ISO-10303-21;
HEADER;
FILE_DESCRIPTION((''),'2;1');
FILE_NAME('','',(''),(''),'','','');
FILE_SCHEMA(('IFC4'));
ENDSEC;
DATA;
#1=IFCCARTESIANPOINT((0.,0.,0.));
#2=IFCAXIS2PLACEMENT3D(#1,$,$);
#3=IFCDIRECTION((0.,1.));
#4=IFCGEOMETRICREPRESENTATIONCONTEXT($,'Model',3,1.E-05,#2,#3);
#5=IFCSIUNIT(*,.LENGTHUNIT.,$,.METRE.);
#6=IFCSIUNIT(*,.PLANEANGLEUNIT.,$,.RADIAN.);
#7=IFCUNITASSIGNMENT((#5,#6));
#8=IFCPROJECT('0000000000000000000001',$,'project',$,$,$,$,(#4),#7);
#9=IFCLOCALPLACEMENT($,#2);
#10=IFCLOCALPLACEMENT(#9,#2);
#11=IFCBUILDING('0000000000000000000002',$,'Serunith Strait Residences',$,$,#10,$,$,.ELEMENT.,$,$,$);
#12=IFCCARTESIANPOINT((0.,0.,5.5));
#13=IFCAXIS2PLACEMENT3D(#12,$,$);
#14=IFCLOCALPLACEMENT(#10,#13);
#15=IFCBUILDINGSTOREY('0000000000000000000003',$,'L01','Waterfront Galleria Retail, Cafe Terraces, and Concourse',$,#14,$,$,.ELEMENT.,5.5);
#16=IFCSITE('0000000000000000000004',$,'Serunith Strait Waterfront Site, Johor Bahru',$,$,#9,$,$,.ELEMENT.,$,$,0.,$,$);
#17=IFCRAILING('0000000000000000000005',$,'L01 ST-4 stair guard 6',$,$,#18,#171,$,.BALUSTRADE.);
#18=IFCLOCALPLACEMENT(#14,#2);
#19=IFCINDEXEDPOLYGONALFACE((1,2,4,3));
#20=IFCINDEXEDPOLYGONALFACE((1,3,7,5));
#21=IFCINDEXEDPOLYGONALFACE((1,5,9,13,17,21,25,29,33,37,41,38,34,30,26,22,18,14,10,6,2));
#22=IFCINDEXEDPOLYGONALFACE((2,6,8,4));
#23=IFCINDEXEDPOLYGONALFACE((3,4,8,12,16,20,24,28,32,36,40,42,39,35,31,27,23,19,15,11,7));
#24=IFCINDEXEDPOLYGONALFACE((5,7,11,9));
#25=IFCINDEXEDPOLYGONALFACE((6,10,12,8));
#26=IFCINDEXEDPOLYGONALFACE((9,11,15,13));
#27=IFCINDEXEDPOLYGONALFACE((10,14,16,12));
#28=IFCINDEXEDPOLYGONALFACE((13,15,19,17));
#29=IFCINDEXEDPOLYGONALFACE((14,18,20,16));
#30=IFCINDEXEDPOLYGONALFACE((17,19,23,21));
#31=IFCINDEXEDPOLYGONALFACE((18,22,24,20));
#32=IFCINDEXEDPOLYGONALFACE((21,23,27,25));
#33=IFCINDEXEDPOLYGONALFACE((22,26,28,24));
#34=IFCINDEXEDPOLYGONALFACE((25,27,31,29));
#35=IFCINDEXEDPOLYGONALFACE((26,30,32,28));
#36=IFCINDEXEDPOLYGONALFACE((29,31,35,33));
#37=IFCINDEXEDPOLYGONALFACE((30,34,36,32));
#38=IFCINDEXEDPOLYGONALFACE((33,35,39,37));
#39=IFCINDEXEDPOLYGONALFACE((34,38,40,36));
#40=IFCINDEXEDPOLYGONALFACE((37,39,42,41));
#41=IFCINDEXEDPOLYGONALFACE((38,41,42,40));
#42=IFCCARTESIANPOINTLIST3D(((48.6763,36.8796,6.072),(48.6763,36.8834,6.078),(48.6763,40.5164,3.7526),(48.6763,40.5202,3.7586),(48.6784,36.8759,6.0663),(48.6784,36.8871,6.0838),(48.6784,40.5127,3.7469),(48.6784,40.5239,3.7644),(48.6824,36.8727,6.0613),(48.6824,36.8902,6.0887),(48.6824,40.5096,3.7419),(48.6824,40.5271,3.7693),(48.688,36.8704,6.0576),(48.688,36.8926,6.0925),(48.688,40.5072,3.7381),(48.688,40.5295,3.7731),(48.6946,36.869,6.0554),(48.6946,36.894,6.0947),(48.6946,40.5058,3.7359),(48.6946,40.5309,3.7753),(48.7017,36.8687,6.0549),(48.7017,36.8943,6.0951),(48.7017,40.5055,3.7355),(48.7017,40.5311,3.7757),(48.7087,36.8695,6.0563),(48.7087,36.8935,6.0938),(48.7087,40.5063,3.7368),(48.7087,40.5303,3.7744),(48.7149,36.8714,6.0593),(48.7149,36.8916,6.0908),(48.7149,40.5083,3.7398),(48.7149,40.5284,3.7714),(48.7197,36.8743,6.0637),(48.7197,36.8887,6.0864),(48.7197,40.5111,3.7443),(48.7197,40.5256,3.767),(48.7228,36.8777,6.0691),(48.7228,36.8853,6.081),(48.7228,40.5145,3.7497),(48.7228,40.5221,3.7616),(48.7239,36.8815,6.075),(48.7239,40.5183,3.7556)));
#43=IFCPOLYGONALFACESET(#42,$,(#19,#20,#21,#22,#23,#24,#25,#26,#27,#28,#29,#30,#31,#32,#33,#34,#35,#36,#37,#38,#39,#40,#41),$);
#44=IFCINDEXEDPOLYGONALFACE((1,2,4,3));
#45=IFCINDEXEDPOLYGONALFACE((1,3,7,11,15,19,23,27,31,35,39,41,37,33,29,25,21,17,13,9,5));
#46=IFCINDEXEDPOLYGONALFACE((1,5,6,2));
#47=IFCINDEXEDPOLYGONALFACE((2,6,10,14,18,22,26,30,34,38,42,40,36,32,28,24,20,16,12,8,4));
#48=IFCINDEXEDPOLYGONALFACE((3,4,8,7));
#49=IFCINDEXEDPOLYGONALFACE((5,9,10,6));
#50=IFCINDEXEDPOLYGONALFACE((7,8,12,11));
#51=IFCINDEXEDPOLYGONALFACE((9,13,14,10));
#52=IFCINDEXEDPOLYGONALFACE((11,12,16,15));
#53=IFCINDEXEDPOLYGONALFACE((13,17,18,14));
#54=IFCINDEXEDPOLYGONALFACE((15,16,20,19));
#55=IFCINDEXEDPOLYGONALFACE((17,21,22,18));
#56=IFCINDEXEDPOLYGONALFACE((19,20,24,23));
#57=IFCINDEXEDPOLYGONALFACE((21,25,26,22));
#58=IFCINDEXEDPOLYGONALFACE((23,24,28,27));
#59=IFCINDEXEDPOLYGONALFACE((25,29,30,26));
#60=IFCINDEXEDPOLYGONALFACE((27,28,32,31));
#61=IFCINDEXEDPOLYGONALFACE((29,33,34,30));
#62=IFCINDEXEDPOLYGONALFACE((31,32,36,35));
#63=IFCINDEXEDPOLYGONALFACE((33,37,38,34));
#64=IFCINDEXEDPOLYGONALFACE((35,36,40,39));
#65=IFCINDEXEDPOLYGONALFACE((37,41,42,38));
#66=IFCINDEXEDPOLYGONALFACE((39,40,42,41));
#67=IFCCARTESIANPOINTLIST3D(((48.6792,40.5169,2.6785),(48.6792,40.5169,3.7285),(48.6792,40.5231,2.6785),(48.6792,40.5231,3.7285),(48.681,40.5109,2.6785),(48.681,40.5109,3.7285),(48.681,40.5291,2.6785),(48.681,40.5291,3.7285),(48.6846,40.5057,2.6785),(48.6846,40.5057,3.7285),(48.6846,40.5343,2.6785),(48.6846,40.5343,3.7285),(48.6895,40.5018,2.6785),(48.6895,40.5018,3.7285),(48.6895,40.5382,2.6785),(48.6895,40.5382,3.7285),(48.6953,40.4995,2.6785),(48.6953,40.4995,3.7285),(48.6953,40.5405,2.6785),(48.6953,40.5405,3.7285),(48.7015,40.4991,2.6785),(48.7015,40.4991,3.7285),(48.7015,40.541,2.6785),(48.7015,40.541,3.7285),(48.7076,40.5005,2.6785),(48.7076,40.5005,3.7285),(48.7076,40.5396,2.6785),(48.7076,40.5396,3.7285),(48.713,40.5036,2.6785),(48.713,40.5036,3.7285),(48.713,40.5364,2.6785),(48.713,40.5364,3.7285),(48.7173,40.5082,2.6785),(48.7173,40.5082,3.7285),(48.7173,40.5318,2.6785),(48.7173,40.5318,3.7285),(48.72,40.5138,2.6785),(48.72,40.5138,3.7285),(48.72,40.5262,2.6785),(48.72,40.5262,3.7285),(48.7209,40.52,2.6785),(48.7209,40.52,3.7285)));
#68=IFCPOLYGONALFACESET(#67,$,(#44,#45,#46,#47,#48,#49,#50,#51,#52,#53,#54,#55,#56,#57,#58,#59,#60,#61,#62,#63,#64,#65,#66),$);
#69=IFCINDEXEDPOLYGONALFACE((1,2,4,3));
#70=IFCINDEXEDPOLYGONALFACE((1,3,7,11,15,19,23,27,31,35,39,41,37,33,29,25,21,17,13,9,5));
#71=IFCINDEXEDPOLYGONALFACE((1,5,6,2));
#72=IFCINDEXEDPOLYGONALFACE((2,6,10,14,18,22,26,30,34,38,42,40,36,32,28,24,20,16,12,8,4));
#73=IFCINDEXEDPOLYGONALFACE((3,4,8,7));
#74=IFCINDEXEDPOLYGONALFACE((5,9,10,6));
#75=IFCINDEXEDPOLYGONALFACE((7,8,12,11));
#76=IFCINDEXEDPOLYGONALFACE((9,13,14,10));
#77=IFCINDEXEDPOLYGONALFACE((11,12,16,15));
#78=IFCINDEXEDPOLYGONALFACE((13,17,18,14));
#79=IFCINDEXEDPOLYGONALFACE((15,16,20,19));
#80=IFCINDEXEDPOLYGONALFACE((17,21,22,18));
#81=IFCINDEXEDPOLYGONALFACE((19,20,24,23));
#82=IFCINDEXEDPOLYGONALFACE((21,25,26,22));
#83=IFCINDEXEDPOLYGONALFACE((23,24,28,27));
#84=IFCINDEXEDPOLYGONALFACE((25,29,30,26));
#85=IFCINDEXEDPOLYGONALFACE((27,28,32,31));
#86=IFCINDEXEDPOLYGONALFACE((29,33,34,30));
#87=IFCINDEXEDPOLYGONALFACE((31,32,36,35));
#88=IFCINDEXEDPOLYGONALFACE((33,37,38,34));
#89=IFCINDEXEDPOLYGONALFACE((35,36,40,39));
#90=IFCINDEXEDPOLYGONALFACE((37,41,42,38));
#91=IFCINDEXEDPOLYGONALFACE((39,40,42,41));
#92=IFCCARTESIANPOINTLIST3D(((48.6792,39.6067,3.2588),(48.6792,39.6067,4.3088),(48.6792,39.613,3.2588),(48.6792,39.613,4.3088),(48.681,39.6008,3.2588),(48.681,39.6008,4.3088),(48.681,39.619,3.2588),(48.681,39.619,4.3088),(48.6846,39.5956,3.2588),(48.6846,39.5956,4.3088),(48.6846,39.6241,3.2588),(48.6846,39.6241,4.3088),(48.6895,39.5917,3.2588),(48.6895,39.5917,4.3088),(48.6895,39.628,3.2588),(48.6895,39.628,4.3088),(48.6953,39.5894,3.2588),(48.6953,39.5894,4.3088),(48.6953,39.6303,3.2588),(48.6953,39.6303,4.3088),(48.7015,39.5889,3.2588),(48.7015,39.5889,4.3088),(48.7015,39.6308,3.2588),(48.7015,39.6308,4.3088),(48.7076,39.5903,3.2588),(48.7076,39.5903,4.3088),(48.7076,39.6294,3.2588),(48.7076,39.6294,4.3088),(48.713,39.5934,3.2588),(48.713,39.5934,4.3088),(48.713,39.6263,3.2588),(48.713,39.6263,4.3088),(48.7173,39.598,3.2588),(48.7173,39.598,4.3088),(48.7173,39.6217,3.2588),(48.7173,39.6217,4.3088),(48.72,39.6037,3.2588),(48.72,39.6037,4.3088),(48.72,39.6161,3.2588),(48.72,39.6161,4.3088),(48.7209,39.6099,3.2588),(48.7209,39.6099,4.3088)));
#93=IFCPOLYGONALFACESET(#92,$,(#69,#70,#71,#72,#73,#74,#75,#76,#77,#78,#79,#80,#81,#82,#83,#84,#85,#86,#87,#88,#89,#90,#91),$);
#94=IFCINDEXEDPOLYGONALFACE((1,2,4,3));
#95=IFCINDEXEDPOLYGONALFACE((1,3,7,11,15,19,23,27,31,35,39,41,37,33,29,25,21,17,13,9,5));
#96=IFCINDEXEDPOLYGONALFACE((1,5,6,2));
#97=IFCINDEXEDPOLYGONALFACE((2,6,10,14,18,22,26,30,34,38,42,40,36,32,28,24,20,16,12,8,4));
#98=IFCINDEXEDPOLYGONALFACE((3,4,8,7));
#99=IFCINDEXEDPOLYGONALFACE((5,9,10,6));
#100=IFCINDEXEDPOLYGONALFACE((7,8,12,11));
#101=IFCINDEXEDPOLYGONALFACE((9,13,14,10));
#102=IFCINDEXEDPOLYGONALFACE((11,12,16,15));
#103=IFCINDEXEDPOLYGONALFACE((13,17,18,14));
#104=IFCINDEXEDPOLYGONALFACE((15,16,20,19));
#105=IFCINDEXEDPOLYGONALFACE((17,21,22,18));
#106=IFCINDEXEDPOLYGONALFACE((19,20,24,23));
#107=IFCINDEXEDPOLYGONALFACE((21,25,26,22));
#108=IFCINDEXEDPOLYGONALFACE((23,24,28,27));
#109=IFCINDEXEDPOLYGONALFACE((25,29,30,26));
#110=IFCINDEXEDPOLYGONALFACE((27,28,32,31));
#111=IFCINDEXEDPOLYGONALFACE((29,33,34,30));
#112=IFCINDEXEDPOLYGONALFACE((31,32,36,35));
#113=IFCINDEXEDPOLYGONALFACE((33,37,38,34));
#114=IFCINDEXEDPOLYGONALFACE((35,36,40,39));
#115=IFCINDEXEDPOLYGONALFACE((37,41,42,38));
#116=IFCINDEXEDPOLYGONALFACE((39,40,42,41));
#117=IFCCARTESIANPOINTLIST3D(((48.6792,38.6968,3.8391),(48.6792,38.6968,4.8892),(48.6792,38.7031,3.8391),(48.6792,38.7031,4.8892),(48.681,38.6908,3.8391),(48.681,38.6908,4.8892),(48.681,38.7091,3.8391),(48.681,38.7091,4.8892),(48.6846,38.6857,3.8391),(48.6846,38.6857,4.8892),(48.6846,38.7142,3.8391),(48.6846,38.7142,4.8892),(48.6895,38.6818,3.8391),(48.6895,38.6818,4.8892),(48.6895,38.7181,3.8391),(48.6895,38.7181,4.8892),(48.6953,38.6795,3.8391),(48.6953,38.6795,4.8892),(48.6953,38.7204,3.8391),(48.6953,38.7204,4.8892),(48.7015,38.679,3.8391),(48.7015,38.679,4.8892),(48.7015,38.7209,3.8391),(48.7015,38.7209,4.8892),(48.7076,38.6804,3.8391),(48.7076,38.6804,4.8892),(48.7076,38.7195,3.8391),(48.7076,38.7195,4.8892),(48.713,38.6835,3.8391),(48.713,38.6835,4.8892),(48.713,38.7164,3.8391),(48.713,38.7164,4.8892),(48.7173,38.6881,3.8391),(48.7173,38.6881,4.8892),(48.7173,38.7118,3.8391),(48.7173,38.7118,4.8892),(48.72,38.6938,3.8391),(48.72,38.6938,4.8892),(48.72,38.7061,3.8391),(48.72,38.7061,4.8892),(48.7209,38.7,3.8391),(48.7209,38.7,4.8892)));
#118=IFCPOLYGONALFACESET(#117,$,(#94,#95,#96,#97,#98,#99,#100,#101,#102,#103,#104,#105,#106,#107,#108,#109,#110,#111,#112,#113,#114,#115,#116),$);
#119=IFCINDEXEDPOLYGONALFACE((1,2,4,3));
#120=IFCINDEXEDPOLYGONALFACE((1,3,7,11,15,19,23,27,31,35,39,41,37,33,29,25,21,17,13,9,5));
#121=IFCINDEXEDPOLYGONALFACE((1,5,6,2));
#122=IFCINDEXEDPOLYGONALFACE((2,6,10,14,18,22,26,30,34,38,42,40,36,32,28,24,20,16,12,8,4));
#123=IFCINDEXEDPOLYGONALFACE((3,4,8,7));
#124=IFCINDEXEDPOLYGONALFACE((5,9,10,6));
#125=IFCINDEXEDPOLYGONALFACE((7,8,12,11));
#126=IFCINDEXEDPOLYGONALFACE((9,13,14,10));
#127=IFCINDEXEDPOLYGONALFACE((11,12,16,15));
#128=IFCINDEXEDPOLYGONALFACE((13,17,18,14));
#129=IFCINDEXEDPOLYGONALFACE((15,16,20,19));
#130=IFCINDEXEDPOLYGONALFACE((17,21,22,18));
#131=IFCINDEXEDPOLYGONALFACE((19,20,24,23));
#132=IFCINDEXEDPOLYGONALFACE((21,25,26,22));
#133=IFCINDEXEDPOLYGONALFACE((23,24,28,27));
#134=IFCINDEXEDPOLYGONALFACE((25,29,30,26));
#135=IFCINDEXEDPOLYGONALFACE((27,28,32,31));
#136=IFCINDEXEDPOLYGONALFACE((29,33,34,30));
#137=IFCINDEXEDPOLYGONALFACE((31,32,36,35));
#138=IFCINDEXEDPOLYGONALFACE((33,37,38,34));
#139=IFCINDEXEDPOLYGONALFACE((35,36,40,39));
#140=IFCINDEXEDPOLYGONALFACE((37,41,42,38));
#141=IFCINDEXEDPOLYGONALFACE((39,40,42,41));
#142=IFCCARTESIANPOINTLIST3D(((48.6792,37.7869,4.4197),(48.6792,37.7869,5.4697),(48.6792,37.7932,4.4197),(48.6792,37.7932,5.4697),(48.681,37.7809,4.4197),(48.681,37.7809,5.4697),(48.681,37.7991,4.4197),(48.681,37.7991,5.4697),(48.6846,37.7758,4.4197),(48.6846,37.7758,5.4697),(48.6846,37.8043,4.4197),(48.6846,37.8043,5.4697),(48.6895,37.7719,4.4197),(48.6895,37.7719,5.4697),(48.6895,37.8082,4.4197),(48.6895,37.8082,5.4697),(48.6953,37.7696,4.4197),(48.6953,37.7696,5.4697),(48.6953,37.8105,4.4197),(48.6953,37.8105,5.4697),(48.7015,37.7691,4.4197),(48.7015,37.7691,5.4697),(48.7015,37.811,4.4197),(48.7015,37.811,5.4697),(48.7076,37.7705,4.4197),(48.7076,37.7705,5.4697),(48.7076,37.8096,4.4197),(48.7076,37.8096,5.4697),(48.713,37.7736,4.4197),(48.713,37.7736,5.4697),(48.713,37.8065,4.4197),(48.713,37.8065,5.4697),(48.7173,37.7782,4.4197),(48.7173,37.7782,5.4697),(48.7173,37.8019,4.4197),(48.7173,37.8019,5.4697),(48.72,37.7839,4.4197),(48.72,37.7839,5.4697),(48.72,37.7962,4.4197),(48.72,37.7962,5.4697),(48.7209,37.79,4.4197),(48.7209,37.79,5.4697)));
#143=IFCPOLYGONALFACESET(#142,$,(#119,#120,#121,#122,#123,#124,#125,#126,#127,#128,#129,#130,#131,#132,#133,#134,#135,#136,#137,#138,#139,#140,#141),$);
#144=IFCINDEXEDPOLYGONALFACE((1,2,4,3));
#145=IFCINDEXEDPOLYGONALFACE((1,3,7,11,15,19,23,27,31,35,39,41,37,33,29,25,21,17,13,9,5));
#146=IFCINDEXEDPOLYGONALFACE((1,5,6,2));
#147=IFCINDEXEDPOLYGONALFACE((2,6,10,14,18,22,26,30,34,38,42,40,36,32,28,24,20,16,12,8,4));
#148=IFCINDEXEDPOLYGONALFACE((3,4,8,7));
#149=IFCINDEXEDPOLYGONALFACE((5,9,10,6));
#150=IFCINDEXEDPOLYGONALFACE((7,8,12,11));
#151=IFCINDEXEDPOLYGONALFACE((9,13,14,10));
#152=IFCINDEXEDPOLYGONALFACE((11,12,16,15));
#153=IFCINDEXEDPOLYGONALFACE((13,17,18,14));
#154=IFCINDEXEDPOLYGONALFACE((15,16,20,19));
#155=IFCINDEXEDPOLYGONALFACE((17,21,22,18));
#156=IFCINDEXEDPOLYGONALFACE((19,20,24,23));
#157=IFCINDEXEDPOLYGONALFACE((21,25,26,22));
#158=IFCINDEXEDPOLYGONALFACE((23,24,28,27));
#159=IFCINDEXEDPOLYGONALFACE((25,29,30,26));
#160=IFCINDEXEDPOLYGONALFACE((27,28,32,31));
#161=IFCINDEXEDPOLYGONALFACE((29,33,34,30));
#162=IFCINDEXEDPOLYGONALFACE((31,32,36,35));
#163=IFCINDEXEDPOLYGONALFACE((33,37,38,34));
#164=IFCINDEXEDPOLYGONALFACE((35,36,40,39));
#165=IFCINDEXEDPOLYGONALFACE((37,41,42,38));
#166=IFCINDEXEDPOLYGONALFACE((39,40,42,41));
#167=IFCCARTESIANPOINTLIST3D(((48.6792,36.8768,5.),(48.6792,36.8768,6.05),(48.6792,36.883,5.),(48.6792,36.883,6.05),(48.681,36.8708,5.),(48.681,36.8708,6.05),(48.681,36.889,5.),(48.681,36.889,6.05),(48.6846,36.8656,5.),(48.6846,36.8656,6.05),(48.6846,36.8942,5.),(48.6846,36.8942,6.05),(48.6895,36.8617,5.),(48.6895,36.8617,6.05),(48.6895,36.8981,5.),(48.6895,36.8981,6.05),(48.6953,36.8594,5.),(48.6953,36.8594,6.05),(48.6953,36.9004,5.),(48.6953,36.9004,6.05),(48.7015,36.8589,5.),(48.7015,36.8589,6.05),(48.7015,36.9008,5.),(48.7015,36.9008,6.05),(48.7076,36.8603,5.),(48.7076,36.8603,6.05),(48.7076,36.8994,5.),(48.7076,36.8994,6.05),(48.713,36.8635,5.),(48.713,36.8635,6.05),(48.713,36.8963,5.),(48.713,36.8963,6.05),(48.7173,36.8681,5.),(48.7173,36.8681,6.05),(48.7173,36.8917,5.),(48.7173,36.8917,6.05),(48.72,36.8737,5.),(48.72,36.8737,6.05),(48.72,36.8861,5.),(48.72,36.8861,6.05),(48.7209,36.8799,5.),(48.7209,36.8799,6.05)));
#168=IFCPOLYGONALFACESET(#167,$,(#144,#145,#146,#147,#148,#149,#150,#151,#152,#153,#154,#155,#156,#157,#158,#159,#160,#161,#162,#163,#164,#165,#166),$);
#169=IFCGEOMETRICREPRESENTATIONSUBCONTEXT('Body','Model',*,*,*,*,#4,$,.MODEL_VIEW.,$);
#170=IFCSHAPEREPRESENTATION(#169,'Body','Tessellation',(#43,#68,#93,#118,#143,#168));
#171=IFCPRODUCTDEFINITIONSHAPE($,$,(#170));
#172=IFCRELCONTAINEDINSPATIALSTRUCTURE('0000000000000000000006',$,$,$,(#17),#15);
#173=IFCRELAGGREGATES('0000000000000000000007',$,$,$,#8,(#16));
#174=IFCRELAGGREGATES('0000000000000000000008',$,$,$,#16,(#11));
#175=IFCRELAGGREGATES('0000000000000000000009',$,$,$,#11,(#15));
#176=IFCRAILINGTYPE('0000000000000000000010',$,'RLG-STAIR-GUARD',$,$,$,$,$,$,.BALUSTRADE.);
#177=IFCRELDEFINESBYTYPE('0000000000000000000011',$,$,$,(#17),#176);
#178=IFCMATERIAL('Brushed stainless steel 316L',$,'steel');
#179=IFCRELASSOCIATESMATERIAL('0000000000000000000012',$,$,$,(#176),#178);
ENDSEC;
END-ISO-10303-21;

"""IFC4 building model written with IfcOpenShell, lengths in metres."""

from ifc_helpers import new_model, si_unit, direction, frame, origin, origin_2d, place, context, subcontext, project, spatial, circle, extrude, material, type_object, element, save


model = new_model("IFC4")

# Units and contexts
model_context = context("Model", 3, precision=1e-05, world=origin(), true_north=direction((0.0, 1.0)))
body_context = subcontext(model_context, "Body", "Model", "MODEL_VIEW")
ifc_project = project(units=[si_unit("LENGTHUNIT", "METRE"), si_unit("PLANEANGLEUNIT", "RADIAN")], contexts=[model_context])

# Site, building, storey
site_placement = place(None, origin())
site = spatial("IfcSite", under=ifc_project, at=site_placement, Name="Serunith Strait Waterfront Site, Johor Bahru", CompositionType="ELEMENT", RefElevation=0.0)
building_placement = place(site_placement, origin())
building = spatial("IfcBuilding", under=site, at=building_placement, Name="Serunith Strait Residences", CompositionType="ELEMENT")
storey_placement = place(building_placement, frame((0.0, 0.0, 5.5)))
storey = spatial("IfcBuildingStorey", under=building, at=storey_placement, Name="L01", Description="Waterfront Galleria Retail, Cafe Terraces, and Concourse", CompositionType="ELEMENT", Elevation=5.5)

# Railing
ifc_material_1 = material(Name="Brushed stainless steel 316L", Category="steel")
railing_type_1 = type_object("IfcRailingType", Name="RLG-STAIR-GUARD", PredefinedType="BALUSTRADE", material=ifc_material_1)
railing_1_placement = place(storey_placement, frame((48.7, 40.52, 2.6785)))
element("IfcRailing", 1, at=railing_1_placement, inside=storey, type_object=railing_type_1, Name="L01 ST-4 stair guard 6", PredefinedType="BALUSTRADE", context=body_context, shape_type="SweptSolid", body=[
    extrude(circle(Radius=0.0239, at=origin_2d()), frame((0.0, -0.0017, 1.0771), z_axis=(0.0, -0.843128, 0.537713), x_axis=(1.0, 0.0, 0.0)), (0.0, 0.0, 1.0), 4.3135),
    extrude(circle(Radius=0.021, at=origin_2d()), origin(), (0.0, 0.0, 1.0), 1.05),
    extrude(circle(Radius=0.021, at=origin_2d()), frame((0.0, -0.9102, 0.5803)), (0.0, 0.0, 1.0), 1.05),
    extrude(circle(Radius=0.021, at=origin_2d()), frame((0.0, -1.8201, 1.1606)), (0.0, 0.0, 1.0), 1.05),
    extrude(circle(Radius=0.021, at=origin_2d()), frame((0.0, -2.73, 1.7412)), (0.0, 0.0, 1.0), 1.05),
    extrude(circle(Radius=0.021, at=origin_2d()), frame((0.0, -3.6401, 2.3215)), (0.0, 0.0, 1.0), 1.05),
])

save(model, "model.ifc")
